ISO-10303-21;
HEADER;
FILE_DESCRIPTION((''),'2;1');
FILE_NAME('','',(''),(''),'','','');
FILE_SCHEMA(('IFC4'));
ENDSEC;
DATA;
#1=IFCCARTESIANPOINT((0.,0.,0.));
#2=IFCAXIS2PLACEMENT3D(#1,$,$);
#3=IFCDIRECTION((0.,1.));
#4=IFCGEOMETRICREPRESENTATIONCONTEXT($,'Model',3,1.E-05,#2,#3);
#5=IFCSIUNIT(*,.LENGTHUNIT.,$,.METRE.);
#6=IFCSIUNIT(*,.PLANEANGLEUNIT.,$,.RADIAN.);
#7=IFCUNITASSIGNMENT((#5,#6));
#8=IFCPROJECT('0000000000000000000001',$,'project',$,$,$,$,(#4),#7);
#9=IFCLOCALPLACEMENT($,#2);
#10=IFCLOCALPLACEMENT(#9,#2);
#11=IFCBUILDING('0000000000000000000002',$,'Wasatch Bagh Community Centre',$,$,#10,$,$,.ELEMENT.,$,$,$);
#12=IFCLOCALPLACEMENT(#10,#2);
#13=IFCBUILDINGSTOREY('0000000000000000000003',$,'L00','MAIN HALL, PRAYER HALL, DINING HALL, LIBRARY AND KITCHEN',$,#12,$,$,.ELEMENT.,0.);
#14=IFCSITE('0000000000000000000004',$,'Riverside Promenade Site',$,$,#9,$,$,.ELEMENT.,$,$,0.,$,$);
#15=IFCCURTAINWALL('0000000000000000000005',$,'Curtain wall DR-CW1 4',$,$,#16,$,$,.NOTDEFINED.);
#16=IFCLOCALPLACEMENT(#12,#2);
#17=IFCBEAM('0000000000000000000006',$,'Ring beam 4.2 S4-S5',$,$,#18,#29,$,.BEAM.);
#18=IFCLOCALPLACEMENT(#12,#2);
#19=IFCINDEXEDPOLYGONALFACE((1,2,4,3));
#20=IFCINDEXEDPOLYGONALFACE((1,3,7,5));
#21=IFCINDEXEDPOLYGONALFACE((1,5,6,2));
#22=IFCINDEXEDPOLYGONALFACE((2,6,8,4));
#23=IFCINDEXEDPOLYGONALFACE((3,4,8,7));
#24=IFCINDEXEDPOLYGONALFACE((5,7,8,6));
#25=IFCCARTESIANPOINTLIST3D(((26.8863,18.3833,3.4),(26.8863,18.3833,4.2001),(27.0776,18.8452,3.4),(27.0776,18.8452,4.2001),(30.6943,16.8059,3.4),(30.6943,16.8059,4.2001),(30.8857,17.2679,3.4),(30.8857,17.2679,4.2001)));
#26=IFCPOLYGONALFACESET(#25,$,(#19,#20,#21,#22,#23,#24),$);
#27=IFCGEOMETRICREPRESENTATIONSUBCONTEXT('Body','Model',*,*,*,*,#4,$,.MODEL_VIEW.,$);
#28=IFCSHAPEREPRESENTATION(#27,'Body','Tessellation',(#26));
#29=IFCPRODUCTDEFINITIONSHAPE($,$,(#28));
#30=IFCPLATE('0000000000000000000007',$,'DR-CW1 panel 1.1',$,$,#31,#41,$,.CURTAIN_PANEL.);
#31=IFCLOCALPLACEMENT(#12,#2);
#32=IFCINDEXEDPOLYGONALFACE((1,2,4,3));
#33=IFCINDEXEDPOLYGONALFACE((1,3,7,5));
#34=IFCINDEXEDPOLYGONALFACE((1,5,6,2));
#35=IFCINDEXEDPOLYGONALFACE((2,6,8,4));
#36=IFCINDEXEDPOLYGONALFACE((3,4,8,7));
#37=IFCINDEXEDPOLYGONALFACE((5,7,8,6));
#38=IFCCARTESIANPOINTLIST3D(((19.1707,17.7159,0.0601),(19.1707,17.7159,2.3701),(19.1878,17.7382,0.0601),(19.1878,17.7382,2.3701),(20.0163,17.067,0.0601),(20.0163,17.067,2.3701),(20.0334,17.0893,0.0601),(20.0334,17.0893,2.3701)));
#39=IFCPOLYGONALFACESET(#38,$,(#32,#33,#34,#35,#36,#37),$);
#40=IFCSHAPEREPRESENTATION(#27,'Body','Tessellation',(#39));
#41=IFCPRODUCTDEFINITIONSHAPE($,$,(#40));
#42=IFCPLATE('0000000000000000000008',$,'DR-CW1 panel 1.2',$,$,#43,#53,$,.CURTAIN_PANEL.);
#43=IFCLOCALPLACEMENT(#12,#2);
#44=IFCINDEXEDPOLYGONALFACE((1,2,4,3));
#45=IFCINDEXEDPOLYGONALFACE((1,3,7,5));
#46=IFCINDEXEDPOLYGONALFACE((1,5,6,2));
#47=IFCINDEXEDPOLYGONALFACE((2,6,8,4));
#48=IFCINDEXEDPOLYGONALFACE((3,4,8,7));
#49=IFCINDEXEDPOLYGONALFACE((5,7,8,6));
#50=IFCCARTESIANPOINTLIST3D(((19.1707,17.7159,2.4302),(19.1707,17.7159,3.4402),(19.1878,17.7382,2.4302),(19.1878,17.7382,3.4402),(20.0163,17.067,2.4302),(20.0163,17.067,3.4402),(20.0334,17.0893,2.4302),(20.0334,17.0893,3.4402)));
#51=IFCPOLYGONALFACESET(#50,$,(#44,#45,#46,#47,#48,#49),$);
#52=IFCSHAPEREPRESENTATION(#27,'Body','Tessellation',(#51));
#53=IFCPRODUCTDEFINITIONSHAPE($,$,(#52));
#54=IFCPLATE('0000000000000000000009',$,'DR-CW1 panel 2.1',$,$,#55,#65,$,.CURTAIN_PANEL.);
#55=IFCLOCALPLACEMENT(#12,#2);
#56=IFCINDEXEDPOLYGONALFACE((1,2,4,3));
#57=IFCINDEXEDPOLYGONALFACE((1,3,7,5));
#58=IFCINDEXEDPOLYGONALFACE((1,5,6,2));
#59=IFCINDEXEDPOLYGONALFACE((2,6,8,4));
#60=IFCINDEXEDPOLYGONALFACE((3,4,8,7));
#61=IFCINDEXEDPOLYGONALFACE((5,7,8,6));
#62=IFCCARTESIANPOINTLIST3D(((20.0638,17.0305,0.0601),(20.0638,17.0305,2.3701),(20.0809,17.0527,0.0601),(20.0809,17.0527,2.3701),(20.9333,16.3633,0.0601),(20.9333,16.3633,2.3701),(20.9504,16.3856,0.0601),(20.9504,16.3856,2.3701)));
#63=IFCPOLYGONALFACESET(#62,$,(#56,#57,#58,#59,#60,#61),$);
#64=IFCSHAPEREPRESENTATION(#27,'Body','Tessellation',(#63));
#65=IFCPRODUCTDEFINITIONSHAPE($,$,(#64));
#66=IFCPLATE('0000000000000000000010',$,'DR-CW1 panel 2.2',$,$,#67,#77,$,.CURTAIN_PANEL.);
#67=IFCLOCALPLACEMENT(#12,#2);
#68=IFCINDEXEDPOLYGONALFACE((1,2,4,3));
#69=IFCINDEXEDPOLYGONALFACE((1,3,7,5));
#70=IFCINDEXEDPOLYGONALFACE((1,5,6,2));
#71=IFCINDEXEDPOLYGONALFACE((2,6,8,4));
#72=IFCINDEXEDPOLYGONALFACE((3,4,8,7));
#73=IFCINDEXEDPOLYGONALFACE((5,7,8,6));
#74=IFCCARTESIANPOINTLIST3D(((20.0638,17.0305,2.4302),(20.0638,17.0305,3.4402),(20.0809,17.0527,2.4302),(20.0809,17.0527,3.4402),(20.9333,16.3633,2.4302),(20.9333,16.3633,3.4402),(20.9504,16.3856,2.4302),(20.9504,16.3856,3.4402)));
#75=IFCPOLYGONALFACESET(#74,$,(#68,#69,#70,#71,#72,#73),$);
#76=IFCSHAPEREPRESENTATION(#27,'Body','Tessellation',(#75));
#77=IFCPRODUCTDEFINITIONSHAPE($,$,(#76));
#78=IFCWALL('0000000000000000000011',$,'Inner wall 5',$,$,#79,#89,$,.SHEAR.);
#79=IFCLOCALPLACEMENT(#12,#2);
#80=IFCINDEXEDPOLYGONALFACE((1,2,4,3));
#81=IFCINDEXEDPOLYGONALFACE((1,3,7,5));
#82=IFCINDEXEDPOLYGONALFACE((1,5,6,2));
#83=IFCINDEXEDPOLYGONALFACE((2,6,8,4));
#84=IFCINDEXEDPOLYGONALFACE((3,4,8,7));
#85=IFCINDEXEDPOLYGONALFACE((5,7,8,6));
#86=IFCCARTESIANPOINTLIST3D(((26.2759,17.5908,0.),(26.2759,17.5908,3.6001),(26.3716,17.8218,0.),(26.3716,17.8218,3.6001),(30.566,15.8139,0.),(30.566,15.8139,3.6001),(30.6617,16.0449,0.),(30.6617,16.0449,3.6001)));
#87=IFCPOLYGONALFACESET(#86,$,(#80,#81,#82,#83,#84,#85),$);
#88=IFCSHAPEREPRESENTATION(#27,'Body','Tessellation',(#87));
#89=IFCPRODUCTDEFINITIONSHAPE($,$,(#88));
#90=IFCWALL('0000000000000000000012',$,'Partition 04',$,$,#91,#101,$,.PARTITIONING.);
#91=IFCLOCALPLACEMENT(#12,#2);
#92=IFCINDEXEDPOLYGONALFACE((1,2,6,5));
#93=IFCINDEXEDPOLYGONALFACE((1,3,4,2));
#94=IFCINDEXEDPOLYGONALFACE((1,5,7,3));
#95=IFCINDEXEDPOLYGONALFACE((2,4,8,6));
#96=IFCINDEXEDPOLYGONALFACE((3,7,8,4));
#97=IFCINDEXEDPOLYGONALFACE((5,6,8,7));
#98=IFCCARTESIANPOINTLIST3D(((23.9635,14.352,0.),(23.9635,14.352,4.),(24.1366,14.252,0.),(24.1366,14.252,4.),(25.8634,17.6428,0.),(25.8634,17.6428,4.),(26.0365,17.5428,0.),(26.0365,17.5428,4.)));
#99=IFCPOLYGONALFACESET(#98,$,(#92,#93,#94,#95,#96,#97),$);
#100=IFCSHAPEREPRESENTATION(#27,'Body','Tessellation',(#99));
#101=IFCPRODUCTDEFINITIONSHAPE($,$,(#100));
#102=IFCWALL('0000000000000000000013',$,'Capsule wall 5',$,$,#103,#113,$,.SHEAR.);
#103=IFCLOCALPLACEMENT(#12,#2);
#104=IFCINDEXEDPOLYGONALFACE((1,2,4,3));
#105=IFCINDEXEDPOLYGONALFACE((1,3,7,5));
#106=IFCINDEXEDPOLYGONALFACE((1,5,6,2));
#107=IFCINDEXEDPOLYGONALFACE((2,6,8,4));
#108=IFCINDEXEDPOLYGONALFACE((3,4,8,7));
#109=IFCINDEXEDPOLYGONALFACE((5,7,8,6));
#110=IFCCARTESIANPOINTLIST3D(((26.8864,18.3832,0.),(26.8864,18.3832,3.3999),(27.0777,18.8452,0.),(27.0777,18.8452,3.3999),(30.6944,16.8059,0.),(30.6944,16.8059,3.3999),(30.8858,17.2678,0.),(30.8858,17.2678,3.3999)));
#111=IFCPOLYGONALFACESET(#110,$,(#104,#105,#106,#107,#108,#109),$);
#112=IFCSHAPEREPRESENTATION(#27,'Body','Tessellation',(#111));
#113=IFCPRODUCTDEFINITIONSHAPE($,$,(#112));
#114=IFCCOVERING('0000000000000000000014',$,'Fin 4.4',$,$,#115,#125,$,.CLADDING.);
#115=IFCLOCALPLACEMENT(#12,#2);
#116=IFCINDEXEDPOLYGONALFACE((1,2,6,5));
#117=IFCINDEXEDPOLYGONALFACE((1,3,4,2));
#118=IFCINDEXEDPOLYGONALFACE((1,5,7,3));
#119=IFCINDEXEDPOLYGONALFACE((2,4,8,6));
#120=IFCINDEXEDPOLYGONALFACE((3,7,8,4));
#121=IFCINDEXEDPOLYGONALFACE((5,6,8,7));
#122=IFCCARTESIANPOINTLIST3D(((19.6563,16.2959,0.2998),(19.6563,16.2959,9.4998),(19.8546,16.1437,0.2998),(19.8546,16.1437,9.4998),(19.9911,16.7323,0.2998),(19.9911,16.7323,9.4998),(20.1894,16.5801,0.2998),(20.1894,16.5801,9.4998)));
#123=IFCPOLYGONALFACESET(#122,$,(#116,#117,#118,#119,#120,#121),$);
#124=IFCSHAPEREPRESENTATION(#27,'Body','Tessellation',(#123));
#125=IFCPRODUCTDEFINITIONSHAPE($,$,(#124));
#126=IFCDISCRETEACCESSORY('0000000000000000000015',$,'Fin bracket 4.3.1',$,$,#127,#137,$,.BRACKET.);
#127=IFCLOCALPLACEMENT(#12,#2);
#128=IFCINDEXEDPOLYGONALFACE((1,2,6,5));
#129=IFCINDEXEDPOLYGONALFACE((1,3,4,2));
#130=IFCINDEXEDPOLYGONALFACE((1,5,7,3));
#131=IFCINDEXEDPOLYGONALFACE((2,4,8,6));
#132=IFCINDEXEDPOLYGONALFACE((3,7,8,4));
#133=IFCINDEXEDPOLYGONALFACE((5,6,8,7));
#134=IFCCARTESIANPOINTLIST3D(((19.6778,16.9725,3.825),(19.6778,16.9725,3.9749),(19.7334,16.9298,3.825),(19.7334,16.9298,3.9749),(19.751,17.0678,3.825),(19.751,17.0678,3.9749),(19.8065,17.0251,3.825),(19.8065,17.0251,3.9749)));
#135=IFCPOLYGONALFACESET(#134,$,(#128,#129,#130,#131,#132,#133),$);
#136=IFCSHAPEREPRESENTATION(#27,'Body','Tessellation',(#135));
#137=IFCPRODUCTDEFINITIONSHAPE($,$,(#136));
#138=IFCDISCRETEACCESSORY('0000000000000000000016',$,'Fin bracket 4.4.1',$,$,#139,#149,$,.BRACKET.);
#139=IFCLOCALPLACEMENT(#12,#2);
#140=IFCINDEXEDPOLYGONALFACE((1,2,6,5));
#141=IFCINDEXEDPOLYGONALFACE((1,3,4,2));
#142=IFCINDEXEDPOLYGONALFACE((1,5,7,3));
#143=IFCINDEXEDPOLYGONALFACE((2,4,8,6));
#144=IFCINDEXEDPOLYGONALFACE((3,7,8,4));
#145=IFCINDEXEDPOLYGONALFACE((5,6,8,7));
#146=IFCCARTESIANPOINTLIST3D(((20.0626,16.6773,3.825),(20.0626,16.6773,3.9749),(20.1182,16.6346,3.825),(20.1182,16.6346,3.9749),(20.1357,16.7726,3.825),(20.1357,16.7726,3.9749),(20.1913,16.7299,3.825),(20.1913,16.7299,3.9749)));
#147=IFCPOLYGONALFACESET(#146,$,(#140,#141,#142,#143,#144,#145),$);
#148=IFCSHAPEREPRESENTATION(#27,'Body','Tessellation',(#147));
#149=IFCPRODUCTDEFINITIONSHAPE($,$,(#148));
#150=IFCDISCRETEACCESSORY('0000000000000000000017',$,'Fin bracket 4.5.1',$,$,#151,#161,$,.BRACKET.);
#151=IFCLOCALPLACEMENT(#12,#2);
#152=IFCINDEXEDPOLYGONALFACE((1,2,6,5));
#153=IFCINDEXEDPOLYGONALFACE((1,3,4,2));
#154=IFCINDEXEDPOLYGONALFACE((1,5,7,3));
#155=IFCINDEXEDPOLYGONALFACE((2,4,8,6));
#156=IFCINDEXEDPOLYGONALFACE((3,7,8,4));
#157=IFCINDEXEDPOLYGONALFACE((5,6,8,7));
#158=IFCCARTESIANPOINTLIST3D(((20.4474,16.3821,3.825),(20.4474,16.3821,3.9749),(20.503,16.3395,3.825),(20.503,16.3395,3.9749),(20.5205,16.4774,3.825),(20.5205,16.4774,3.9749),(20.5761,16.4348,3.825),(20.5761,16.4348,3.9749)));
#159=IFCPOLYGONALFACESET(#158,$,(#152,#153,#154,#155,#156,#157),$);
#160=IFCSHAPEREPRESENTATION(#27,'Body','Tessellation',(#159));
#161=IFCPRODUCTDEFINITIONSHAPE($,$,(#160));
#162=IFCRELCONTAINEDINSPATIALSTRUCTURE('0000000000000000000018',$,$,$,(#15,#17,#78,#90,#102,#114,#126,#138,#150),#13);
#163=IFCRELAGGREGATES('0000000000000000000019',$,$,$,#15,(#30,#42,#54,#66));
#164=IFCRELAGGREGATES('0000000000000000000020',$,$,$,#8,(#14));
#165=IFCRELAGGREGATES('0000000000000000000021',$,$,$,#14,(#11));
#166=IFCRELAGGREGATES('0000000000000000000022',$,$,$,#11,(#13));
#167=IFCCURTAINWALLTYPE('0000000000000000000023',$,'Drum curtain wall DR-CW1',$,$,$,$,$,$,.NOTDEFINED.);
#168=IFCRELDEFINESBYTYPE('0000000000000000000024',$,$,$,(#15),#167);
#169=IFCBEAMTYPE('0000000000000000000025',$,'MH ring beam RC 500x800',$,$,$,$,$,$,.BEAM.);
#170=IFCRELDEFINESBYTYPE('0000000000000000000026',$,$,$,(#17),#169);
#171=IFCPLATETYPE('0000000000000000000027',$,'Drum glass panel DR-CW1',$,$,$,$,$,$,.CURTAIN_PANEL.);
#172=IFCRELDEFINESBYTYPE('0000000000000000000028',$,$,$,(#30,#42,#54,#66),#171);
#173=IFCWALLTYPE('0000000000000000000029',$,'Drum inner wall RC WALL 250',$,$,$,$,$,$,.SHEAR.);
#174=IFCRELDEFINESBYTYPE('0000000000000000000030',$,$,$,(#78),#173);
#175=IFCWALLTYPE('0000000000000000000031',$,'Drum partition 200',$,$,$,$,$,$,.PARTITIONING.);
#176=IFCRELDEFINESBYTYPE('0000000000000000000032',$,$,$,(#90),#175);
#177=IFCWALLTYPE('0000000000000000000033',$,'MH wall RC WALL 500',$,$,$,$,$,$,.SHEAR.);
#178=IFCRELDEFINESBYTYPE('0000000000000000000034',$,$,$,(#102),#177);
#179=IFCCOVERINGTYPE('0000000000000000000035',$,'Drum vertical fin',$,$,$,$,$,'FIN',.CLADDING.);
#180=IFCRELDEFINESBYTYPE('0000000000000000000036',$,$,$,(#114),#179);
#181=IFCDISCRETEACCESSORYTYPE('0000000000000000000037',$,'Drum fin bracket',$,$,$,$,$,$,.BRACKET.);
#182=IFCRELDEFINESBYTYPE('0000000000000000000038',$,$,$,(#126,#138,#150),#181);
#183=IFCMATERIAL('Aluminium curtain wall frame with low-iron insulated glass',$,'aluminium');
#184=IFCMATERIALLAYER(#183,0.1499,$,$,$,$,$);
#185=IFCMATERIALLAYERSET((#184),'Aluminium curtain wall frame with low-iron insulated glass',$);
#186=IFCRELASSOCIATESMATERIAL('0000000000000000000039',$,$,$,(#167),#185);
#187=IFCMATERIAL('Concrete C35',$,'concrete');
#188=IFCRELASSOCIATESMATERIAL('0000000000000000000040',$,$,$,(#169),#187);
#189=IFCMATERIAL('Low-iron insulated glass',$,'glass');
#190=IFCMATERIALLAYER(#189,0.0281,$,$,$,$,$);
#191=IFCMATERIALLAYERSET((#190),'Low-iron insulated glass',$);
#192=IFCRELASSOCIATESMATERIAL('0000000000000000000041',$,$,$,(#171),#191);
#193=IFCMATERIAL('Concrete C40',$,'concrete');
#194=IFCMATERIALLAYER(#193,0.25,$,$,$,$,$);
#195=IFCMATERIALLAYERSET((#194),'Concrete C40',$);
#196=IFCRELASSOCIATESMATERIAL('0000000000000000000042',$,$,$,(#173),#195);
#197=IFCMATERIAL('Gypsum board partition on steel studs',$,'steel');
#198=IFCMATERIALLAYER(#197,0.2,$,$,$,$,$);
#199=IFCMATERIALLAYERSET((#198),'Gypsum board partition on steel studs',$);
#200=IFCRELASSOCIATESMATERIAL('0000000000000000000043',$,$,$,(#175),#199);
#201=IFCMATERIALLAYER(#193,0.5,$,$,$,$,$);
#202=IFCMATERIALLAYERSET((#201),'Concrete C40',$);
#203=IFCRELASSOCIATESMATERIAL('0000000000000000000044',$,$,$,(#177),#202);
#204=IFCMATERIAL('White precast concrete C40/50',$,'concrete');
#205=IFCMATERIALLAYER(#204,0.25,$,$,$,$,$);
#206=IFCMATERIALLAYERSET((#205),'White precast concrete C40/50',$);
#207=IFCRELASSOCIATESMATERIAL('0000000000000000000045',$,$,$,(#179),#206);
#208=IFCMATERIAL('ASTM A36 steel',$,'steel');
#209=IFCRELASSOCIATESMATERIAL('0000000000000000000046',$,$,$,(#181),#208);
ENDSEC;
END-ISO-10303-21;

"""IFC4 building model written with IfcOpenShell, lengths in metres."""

from ifc_helpers import new_model, si_unit, direction, frame, frame_2d, origin, origin_2d, place, context, subcontext, project, spatial, rectangle, extrude, material, layer, layer_set, material_profile, profile_set, type_object, element, aggregate, save


model = new_model("IFC4")

# Units and contexts
model_context = context("Model", 3, precision=1e-05, world=origin(), true_north=direction((0.0, 1.0)))
body_context = subcontext(model_context, "Body", "Model", "MODEL_VIEW")
ifc_project = project(units=[si_unit("LENGTHUNIT", "METRE"), si_unit("PLANEANGLEUNIT", "RADIAN")], contexts=[model_context])

# Site, building, storey
site_placement = place(None, origin())
site = spatial("IfcSite", under=ifc_project, at=site_placement, Name="Riverside Promenade Site", CompositionType="ELEMENT", RefElevation=0.0)
building_placement = place(site_placement, origin())
building = spatial("IfcBuilding", under=site, at=building_placement, Name="Wasatch Bagh Community Centre", CompositionType="ELEMENT")
storey_placement = place(building_placement, origin())
storey = spatial("IfcBuildingStorey", under=building, at=storey_placement, Name="L00", Description="MAIN HALL, PRAYER HALL, DINING HALL, LIBRARY AND KITCHEN", CompositionType="ELEMENT", Elevation=0.0)

# Shared definitions
ifc_material_1 = material(Name="Concrete C40", Category="concrete")

# Curtain wall
ifc_material_2 = material(Name="Aluminium curtain wall frame with low-iron insulated glass", Category="aluminium")
ifc_layer_1 = layer(ifc_material_2, 0.1499)
ifc_layer_set_1 = layer_set([ifc_layer_1], Name="Aluminium curtain wall frame with low-iron insulated glass")
curtain_wall_type = type_object("IfcCurtainWallType", Name="Drum curtain wall DR-CW1", PredefinedType="NOTDEFINED", material=ifc_layer_set_1)
curtain_wall_placement = place(storey_placement, origin())
curtain_wall = element("IfcCurtainWall", 1, at=curtain_wall_placement, inside=storey, type_object=curtain_wall_type, Name="Curtain wall DR-CW1 4", PredefinedType="NOTDEFINED")

# Shared definitions
ifc_material_3 = material(Name="Concrete C35", Category="concrete")

# Beam
ifc_material_profile_1 = material_profile(ifc_material_3, rectangle(XDim=0.5, YDim=0.8, at=origin_2d()), Name="RC 500x800")
ifc_profile_set_1 = profile_set([ifc_material_profile_1], Name="Concrete C35")
beam_type_1 = type_object("IfcBeamType", Name="MH ring beam RC 500x800", PredefinedType="BEAM", material=ifc_profile_set_1)
beam_1_placement = place(storey_placement, frame((26.9819, 18.6143, 3.8), z_axis=(0.923878, -0.382688, 0.0), x_axis=(0.382688, 0.923878, 0.0)))
element("IfcBeam", 2, at=beam_1_placement, inside=storey, type_object=beam_type_1, Name="Ring beam 4.2 S4-S5", PredefinedType="BEAM", context=body_context, shape_type="SweptSolid", body=[
    extrude(rectangle(XDim=0.5, YDim=0.8, at=origin_2d()), origin(), (0.0, 0.0, 1.0), 4.1218),
])

# Plates
ifc_material_4 = material(Name="Low-iron insulated glass", Category="glass")
ifc_layer_2 = layer(ifc_material_4, 0.0281)
ifc_layer_set_2 = layer_set([ifc_layer_2], Name="Low-iron insulated glass")
plate_type = type_object("IfcPlateType", Name="Drum glass panel DR-CW1", PredefinedType="CURTAIN_PANEL", material=ifc_layer_set_2)
plate_1_placement = place(storey_placement, frame((19.6021, 17.4026, 0.0601), z_axis=(0.0, 0.0, 1.0), x_axis=(0.793353, -0.608761, 0.0)))
plate_1 = element("IfcPlate", 3, at=plate_1_placement, type_object=plate_type, Name="DR-CW1 panel 1.1", PredefinedType="CURTAIN_PANEL", context=body_context, shape_type="SweptSolid", body=[
    extrude(rectangle(XDim=1.0659, YDim=0.0281, at=origin_2d()), origin(), (0.0, 0.0, 1.0), 2.3101),
])
plate_2_placement = place(storey_placement, frame((19.6021, 17.4026, 2.4302), z_axis=(0.0, 0.0, 1.0), x_axis=(0.793353, -0.608761, 0.0)))
plate_2 = element("IfcPlate", 4, at=plate_2_placement, type_object=plate_type, Name="DR-CW1 panel 1.2", PredefinedType="CURTAIN_PANEL", context=body_context, shape_type="SweptSolid", body=[
    extrude(rectangle(XDim=1.0659, YDim=0.0281, at=origin_2d()), origin(), (0.0, 0.0, 1.0), 1.01),
])
plate_3_placement = place(storey_placement, frame((20.5071, 16.708, 0.0601), z_axis=(0.0, 0.0, 1.0), x_axis=(0.793353, -0.608761, 0.0)))
plate_3 = element("IfcPlate", 5, at=plate_3_placement, type_object=plate_type, Name="DR-CW1 panel 2.1", PredefinedType="CURTAIN_PANEL", context=body_context, shape_type="SweptSolid", body=[
    extrude(rectangle(XDim=1.0959, YDim=0.0281, at=origin_2d()), origin(), (0.0, 0.0, 1.0), 2.3101),
])
plate_4_placement = place(storey_placement, frame((20.5071, 16.708, 2.4302), z_axis=(0.0, 0.0, 1.0), x_axis=(0.793353, -0.608761, 0.0)))
plate_4 = element("IfcPlate", 6, at=plate_4_placement, type_object=plate_type, Name="DR-CW1 panel 2.2", PredefinedType="CURTAIN_PANEL", context=body_context, shape_type="SweptSolid", body=[
    extrude(rectangle(XDim=1.0959, YDim=0.0281, at=origin_2d()), origin(), (0.0, 0.0, 1.0), 1.01),
])
aggregate(curtain_wall, [plate_1, plate_2, plate_3, plate_4])

# Walls
ifc_layer_3 = layer(ifc_material_1, 0.25)
ifc_layer_set_3 = layer_set([ifc_layer_3], Name="Concrete C40")
wall_type_1 = type_object("IfcWallType", Name="Drum inner wall RC WALL 250", PredefinedType="SHEAR", material=ifc_layer_set_3)
wall_1_placement = place(storey_placement, frame((26.3237, 17.7063, 0.0), z_axis=(0.0, 0.0, 1.0), x_axis=(0.92389, -0.382658, 0.0)))
element("IfcWall", 7, at=wall_1_placement, inside=storey, type_object=wall_type_1, Name="Inner wall 5", PredefinedType="SHEAR", context=body_context, shape_type="SweptSolid", body=[
    extrude(rectangle(XDim=4.6436, YDim=0.25, at=frame_2d((2.3218, 0.0))), origin(), (0.0, 0.0, 1.0), 3.6001),
])
ifc_material_5 = material(Name="Gypsum board partition on steel studs", Category="steel")
ifc_layer_4 = layer(ifc_material_5, 0.2)
ifc_layer_set_4 = layer_set([ifc_layer_4], Name="Gypsum board partition on steel studs")
wall_type_2 = type_object("IfcWallType", Name="Drum partition 200", PredefinedType="PARTITIONING", material=ifc_layer_set_4)
wall_2_placement = place(storey_placement, frame((25.95, 17.5928, 0.0), z_axis=(0.0, 0.0, 1.0), x_axis=(-0.499995, -0.866028, 0.0)))
element("IfcWall", 8, at=wall_2_placement, inside=storey, type_object=wall_type_2, Name="Partition 04", PredefinedType="PARTITIONING", context=body_context, shape_type="SweptSolid", body=[
    extrude(rectangle(XDim=3.7998, YDim=0.2, at=frame_2d((1.8999, 0.0))), origin(), (0.0, 0.0, 1.0), 4.0),
])
ifc_layer_5 = layer(ifc_material_1, 0.5)
ifc_layer_set_5 = layer_set([ifc_layer_5], Name="Concrete C40")
wall_type_3 = type_object("IfcWallType", Name="MH wall RC WALL 500", PredefinedType="SHEAR", material=ifc_layer_set_5)
wall_3_placement = place(storey_placement, frame((26.9819, 18.6143, 0.0), z_axis=(0.0, 0.0, 1.0), x_axis=(0.923878, -0.382688, 0.0)))
element("IfcWall", 9, at=wall_3_placement, inside=storey, type_object=wall_type_3, Name="Capsule wall 5", PredefinedType="SHEAR", context=body_context, shape_type="SweptSolid", body=[
    extrude(rectangle(XDim=4.1218, YDim=0.5, at=frame_2d((2.061, 0.0))), origin(), (0.0, 0.0, 1.0), 3.3999),
])

# Covering
ifc_material_6 = material(Name="White precast concrete C40/50", Category="concrete")
ifc_layer_6 = layer(ifc_material_6, 0.25)
ifc_layer_set_6 = layer_set([ifc_layer_6], Name="White precast concrete C40/50")
covering_type = type_object("IfcCoveringType", Name="Drum vertical fin", ElementType="FIN", PredefinedType="CLADDING", material=ifc_layer_set_6)
covering_placement = place(storey_placement, frame((19.9229, 16.438, 0.2998), z_axis=(0.0, 0.0, 1.0), x_axis=(0.793353, -0.608761, 0.0)))
element("IfcCovering", 10, at=covering_placement, inside=storey, type_object=covering_type, Name="Fin 4.4", PredefinedType="CLADDING", context=body_context, shape_type="SweptSolid", body=[
    extrude(rectangle(XDim=0.25, YDim=0.55, at=origin_2d()), origin(), (0.0, 0.0, 1.0), 9.2),
])

# Discrete accessories
ifc_material_7 = material(Name="ASTM A36 steel", Category="steel")
discrete_accessory_type = type_object("IfcDiscreteAccessoryType", Name="Drum fin bracket", PredefinedType="BRACKET", material=ifc_material_7)
for number, where, z_axis, x_axis, name in (
    (11, (19.7422, 16.9988, 3.825), (0.0, 0.0, 1.0), (0.793353, -0.608761, 0.0), "Fin bracket 4.3.1"),
    (12, (20.127, 16.7036, 3.825), (0.0, 0.0, 1.0), (0.793353, -0.608761, 0.0), "Fin bracket 4.4.1"),
    (13, (20.5117, 16.4084, 3.825), (0.0, 0.0, 1.0), (0.793353, -0.608761, 0.0), "Fin bracket 4.5.1"),
):
    element("IfcDiscreteAccessory", number, at=place(storey_placement, frame(where, z_axis=z_axis, x_axis=x_axis)), inside=storey, type_object=discrete_accessory_type, Name=name, PredefinedType="BRACKET", context=body_context, shape_type="SweptSolid", body=[
        extrude(rectangle(XDim=0.0701, YDim=0.1201, at=origin_2d()), origin(), (0.0, 0.0, 1.0), 0.1499),
    ])

save(model, "model.ifc")
